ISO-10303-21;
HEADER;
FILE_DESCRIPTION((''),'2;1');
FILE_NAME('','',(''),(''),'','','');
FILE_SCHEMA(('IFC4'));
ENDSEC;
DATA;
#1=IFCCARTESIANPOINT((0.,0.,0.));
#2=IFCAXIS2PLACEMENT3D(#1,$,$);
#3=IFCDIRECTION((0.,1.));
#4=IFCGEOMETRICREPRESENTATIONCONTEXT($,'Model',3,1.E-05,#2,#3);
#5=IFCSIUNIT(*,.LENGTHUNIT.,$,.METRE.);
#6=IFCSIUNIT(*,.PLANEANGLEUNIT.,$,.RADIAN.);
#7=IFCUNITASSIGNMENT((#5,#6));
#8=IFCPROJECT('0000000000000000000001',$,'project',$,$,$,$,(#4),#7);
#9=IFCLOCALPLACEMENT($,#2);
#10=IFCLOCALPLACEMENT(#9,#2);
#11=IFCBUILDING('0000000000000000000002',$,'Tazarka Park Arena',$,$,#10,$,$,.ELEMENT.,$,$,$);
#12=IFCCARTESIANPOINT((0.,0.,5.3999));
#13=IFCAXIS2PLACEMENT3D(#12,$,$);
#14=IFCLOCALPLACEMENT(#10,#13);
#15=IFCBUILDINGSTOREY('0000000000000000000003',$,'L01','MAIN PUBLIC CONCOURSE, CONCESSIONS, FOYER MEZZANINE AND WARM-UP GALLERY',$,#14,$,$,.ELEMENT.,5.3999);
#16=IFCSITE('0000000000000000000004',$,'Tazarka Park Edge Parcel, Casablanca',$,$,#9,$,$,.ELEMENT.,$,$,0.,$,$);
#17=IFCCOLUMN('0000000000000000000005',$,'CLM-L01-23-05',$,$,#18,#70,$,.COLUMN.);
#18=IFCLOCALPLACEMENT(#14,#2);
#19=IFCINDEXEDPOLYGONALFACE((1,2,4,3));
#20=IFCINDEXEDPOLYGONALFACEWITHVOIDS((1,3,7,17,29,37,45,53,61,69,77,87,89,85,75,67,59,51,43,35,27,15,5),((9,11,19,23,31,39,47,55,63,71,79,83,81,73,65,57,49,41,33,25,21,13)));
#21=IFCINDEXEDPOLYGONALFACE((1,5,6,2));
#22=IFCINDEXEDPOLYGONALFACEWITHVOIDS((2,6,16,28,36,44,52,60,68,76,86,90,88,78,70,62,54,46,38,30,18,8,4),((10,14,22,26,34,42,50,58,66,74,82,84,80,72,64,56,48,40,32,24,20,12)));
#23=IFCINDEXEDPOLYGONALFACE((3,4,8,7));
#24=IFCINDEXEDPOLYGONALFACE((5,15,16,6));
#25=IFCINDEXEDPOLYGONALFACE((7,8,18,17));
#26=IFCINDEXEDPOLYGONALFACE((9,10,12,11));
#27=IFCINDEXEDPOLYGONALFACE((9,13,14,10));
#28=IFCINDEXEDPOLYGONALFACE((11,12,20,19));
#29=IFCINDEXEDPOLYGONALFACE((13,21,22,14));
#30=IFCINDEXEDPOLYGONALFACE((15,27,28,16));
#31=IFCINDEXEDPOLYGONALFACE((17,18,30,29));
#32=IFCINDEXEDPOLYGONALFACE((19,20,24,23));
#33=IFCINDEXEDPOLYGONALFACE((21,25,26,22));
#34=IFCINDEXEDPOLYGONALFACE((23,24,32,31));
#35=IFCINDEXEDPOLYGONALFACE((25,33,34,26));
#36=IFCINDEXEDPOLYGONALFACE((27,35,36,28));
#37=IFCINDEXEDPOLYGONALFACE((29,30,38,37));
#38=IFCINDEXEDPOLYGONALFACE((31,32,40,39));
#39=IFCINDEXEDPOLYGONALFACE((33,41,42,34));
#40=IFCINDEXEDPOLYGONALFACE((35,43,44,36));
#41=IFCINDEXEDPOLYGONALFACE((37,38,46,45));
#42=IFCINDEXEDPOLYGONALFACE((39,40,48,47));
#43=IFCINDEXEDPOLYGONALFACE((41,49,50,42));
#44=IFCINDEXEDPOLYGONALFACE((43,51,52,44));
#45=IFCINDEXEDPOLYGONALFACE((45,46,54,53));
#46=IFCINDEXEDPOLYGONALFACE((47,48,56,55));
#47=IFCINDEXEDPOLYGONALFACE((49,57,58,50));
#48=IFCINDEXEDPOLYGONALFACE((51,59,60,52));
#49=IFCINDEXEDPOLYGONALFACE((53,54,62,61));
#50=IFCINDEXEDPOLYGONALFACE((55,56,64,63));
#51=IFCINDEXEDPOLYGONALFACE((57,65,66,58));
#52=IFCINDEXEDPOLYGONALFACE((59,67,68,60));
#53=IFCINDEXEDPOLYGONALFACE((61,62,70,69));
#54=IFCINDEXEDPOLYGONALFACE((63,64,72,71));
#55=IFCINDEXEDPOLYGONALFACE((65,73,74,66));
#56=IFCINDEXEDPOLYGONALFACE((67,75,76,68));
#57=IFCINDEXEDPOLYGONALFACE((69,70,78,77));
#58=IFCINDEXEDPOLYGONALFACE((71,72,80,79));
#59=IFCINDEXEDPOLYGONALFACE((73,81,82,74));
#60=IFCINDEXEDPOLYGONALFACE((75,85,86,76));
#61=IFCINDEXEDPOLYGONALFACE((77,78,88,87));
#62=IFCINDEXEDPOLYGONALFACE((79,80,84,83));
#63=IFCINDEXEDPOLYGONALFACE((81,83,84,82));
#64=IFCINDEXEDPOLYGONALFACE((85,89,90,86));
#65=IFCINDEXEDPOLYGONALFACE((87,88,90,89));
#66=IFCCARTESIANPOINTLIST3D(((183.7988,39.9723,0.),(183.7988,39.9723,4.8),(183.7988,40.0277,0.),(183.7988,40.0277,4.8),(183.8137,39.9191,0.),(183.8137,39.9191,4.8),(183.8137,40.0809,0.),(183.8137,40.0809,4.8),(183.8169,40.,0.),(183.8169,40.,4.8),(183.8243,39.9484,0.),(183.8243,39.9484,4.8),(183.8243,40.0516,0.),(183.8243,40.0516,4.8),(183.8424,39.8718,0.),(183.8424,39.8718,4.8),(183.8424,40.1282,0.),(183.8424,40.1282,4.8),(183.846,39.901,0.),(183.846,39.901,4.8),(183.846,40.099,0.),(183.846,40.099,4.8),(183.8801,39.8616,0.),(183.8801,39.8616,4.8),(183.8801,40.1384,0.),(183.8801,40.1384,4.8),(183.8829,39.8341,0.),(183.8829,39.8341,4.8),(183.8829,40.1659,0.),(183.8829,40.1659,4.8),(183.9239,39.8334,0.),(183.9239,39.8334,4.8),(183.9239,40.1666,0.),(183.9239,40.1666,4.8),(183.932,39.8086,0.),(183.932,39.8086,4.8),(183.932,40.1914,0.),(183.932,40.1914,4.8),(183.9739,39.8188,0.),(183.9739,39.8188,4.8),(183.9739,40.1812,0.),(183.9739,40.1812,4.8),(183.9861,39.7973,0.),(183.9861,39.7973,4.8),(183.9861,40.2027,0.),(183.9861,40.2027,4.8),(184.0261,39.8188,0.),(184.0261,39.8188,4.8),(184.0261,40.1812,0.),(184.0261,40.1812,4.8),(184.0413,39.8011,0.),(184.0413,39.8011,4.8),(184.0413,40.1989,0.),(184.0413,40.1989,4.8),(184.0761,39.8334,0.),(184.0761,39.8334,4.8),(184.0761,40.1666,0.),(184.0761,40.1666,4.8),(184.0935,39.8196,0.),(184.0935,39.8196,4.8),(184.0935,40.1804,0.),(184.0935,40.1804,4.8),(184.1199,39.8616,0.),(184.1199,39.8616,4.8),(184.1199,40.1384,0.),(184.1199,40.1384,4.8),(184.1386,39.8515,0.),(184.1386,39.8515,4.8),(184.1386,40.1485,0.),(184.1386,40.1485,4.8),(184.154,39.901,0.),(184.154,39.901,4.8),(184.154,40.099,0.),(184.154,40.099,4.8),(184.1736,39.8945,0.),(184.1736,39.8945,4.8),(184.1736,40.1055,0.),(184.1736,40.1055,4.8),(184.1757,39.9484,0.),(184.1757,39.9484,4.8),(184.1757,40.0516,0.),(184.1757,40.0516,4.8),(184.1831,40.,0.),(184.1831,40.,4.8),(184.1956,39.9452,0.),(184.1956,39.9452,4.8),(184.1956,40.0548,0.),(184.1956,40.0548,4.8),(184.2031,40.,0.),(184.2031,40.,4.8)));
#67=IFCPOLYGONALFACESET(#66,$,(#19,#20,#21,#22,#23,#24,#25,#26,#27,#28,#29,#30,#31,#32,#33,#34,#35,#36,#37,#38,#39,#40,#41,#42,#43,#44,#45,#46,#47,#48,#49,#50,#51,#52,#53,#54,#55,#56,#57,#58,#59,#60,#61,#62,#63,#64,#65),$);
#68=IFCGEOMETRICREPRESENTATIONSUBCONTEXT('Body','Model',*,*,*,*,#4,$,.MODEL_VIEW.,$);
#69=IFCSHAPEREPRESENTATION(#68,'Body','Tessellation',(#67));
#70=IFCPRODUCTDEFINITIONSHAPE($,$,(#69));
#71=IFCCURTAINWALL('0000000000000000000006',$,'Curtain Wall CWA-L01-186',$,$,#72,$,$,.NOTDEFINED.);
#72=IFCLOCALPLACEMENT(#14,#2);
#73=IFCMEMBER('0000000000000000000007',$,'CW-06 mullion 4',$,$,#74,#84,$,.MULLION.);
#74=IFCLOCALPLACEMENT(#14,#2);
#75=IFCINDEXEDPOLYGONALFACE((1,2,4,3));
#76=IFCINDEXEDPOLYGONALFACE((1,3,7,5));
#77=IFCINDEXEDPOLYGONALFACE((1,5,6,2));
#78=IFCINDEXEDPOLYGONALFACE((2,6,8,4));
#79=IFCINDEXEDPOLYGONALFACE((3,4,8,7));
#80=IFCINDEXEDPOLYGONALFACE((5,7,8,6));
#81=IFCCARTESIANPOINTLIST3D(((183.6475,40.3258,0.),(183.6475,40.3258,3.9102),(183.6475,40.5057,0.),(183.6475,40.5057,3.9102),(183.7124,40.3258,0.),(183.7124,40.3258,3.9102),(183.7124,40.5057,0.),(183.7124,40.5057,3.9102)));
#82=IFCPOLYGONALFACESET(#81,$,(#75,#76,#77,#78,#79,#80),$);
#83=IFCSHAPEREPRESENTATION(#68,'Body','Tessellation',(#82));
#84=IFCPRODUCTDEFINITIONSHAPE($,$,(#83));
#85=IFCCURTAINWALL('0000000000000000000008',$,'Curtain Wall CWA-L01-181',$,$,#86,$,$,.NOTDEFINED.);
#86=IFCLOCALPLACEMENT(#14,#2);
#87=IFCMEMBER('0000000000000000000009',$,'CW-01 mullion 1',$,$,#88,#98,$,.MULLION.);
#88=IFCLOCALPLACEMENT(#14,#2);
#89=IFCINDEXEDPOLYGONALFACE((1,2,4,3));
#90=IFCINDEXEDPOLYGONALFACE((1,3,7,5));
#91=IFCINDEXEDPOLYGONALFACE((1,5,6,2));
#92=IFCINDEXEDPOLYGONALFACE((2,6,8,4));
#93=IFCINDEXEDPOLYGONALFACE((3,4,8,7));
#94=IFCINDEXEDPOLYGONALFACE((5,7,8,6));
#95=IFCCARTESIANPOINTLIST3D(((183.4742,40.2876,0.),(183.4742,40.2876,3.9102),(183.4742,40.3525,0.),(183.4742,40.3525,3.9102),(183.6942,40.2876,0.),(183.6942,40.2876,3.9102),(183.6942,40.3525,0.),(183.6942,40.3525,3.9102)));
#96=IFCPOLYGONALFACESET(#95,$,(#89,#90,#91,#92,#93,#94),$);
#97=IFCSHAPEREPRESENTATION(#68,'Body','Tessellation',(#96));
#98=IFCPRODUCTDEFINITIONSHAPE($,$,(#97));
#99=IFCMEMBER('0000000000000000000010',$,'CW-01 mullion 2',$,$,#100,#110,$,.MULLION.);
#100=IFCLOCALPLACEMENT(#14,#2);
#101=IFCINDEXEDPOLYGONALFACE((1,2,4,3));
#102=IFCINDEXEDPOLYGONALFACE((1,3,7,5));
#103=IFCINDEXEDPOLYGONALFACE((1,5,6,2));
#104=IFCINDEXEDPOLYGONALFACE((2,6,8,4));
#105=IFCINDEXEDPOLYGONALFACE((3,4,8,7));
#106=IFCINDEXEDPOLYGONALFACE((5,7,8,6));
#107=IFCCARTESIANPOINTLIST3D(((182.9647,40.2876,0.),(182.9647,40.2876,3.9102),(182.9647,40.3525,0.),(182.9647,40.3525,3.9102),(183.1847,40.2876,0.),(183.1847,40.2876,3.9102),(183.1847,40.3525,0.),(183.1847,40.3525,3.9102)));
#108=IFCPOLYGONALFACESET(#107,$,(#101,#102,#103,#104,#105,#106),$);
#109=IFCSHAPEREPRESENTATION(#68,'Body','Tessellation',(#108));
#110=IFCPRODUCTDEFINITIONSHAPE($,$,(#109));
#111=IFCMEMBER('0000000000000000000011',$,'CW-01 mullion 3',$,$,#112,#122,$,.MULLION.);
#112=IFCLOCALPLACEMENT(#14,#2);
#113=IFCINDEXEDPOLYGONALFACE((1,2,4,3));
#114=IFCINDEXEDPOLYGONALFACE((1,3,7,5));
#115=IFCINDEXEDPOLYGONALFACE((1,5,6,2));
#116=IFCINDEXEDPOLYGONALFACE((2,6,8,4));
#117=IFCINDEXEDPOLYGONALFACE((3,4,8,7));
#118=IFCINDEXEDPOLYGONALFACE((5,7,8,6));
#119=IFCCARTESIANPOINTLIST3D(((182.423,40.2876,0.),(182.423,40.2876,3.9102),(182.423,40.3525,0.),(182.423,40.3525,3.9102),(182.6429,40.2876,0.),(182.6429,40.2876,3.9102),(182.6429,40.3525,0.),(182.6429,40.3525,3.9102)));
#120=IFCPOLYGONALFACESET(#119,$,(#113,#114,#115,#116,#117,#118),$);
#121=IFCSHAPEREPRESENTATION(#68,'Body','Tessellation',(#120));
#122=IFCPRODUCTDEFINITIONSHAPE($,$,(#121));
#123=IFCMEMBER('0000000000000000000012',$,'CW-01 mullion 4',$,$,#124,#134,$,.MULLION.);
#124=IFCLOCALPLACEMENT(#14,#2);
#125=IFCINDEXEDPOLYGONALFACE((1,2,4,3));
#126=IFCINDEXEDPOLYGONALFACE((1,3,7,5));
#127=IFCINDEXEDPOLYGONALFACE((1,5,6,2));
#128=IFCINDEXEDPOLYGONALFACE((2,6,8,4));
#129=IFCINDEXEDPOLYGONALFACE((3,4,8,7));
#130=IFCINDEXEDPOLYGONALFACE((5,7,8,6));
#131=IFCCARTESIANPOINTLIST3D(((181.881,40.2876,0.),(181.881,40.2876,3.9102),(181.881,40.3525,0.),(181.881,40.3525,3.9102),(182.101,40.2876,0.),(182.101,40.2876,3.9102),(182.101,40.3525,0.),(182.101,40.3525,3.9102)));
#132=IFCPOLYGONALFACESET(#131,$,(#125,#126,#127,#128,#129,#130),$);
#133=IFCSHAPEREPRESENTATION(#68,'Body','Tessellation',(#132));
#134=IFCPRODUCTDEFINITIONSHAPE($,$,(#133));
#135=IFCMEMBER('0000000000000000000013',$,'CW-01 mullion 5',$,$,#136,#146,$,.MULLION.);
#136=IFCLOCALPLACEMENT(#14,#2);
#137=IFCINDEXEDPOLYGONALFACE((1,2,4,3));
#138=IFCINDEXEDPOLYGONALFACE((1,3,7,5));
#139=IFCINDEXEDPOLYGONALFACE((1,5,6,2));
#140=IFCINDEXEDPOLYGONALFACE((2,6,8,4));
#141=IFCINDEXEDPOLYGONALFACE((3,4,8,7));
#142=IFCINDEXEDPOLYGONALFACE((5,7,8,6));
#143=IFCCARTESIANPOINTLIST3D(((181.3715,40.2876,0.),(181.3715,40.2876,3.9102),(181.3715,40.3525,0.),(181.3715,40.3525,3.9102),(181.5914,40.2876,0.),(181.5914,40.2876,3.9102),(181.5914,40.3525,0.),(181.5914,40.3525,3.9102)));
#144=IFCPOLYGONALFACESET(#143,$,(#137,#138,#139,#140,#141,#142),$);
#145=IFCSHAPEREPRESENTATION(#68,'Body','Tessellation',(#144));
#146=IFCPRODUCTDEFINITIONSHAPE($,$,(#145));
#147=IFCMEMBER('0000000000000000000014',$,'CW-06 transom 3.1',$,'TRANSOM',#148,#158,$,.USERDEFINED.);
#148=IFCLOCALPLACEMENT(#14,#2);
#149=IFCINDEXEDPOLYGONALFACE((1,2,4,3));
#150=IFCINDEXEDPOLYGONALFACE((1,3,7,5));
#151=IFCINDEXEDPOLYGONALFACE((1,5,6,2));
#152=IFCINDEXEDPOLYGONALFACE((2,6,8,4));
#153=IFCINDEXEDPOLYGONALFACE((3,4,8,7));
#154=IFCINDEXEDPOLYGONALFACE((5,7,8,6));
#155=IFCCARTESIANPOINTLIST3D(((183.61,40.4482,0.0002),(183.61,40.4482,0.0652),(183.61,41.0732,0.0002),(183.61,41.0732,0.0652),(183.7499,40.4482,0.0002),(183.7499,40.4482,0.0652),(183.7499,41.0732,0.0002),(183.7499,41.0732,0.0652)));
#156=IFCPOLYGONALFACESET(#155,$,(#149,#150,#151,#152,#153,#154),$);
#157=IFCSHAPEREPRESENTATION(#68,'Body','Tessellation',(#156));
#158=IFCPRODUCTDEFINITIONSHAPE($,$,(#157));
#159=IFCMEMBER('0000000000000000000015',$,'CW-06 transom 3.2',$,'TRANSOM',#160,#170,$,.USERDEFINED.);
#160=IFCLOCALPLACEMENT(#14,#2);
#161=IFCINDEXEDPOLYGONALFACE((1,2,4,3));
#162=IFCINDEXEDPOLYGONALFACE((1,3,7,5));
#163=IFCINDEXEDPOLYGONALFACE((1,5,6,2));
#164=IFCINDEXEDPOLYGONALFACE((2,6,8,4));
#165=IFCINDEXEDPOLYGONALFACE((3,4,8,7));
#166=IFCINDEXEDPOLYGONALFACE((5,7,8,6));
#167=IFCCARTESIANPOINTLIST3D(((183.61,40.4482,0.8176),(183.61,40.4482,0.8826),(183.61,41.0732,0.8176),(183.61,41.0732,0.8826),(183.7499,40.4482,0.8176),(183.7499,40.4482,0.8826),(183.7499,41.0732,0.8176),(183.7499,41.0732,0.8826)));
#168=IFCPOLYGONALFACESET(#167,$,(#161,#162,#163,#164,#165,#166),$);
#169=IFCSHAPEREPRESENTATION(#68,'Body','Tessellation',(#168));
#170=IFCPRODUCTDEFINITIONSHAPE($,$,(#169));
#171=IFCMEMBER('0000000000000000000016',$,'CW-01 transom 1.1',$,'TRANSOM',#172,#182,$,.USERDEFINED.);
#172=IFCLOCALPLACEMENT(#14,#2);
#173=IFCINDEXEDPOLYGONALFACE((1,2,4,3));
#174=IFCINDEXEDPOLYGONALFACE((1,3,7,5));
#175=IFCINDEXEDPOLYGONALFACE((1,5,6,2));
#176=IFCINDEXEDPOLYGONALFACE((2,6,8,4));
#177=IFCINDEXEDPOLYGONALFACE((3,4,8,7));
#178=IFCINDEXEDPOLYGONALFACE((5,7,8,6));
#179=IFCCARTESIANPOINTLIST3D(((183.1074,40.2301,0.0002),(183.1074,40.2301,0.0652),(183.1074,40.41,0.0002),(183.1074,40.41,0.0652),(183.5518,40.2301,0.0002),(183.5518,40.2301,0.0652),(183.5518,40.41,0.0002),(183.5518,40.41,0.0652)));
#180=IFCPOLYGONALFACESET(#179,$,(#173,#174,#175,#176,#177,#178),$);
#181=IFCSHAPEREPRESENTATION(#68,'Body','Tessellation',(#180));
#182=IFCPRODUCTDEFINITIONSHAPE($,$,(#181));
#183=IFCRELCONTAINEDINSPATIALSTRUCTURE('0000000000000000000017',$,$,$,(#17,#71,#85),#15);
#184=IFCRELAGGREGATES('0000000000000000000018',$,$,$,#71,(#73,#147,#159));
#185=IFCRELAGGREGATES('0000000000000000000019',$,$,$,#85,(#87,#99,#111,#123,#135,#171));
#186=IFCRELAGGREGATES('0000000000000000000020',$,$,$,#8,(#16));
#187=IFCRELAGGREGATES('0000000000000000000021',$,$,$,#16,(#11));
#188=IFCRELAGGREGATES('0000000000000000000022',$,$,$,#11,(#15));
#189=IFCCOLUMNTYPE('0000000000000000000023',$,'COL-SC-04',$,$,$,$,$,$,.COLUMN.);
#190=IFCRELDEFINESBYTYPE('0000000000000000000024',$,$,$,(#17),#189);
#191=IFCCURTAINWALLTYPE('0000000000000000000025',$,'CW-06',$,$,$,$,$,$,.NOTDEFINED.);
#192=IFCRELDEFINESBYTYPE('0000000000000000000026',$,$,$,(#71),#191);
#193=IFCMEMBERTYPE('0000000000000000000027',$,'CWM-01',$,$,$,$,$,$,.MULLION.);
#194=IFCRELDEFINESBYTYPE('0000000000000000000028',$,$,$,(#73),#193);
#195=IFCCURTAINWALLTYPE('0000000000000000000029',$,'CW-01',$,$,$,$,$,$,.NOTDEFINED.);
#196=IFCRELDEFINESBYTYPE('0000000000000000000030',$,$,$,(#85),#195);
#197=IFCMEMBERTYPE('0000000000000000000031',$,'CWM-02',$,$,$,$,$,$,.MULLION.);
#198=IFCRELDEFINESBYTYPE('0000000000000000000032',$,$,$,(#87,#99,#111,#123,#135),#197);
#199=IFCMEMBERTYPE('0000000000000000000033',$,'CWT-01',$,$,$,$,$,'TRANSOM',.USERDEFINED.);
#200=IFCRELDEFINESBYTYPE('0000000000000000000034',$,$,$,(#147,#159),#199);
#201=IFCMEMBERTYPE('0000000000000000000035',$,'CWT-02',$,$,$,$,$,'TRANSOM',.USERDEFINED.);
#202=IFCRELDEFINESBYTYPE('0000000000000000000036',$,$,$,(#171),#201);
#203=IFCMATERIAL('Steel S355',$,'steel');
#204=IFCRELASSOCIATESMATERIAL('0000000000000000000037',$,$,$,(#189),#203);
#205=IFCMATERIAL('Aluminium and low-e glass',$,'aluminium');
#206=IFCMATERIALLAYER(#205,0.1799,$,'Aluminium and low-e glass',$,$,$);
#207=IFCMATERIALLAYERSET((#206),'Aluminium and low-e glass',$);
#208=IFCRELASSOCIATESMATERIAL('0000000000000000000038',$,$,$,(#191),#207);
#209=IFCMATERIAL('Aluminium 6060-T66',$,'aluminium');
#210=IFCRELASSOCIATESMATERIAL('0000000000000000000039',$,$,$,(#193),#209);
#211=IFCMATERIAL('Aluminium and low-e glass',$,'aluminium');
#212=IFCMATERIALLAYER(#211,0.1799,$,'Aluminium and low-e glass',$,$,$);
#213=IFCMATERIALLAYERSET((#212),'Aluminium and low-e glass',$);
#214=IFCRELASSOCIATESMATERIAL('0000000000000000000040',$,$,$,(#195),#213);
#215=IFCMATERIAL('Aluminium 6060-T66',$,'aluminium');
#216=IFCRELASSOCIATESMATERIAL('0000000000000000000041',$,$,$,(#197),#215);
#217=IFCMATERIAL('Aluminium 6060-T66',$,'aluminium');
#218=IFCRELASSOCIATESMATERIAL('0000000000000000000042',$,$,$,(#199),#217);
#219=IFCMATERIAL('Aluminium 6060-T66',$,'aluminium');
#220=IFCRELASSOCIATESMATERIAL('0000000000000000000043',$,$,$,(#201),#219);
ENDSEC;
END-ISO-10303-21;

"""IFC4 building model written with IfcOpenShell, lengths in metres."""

from ifc_helpers import new_model, si_unit, direction, frame, origin, origin_2d, place, context, subcontext, project, spatial, rectangle, hollow_circle, extrude, material, layer, layer_set, material_profile, profile_set, type_object, element, aggregate, save


model = new_model("IFC4")

# Units and contexts
model_context = context("Model", 3, precision=1e-05, world=origin(), true_north=direction((0.0, 1.0)))
body_context = subcontext(model_context, "Body", "Model", "MODEL_VIEW")
ifc_project = project(units=[si_unit("LENGTHUNIT", "METRE"), si_unit("PLANEANGLEUNIT", "RADIAN")], contexts=[model_context])

# Site, building, storey
site_placement = place(None, origin())
site = spatial("IfcSite", under=ifc_project, at=site_placement, Name="Tazarka Park Edge Parcel, Casablanca", CompositionType="ELEMENT", RefElevation=0.0)
building_placement = place(site_placement, origin())
building = spatial("IfcBuilding", under=site, at=building_placement, Name="Tazarka Park Arena", CompositionType="ELEMENT")
storey_placement = place(building_placement, frame((0.0, 0.0, 5.3999)))
storey = spatial("IfcBuildingStorey", under=building, at=storey_placement, Name="L01", Description="MAIN PUBLIC CONCOURSE, CONCESSIONS, FOYER MEZZANINE AND WARM-UP GALLERY", CompositionType="ELEMENT", Elevation=5.3999)

# Column
ifc_material_1 = material(Name="Steel S355", Category="steel")
ifc_material_profile_1 = material_profile(ifc_material_1, hollow_circle(Radius=0.2031, WallThickness=0.02, at=origin_2d()), Name="Steel S355")
ifc_profile_set_1 = profile_set([ifc_material_profile_1], Name="Steel S355")
column_type = type_object("IfcColumnType", Name="COL-SC-04", PredefinedType="COLUMN", material=ifc_profile_set_1)
column_placement = place(storey_placement, frame((184.0, 40.0, 0.0), z_axis=(0.0, 0.0, 1.0), x_axis=(1.0, 0.0, 0.0)))
element("IfcColumn", 1, at=column_placement, inside=storey, type_object=column_type, Name="CLM-L01-23-05", PredefinedType="COLUMN", context=body_context, shape_type="SweptSolid", body=[
    extrude(hollow_circle(Radius=0.2031, WallThickness=0.02, at=origin_2d()), origin(), (0.0, 0.0, 1.0), 4.8),
])

# Curtain wall, member
ifc_material_2 = material(Name="Aluminium and low-e glass", Category="aluminium")
ifc_layer_1 = layer(ifc_material_2, 0.1799, Name="Aluminium and low-e glass")
ifc_layer_set_1 = layer_set([ifc_layer_1], Name="Aluminium and low-e glass")
curtain_wall_type_1 = type_object("IfcCurtainWallType", Name="CW-06", PredefinedType="NOTDEFINED", material=ifc_layer_set_1)
curtain_wall_1_placement = place(storey_placement, origin())
curtain_wall_1 = element("IfcCurtainWall", 2, at=curtain_wall_1_placement, inside=storey, type_object=curtain_wall_type_1, Name="Curtain Wall CWA-L01-186", PredefinedType="NOTDEFINED")
ifc_material_3 = material(Name="Aluminium 6060-T66", Category="aluminium")
ifc_material_profile_2 = material_profile(ifc_material_3, rectangle(XDim=0.0649, YDim=0.1799, at=origin_2d()), Name="Aluminium 6060-T66")
ifc_profile_set_2 = profile_set([ifc_material_profile_2], Name="Aluminium 6060-T66")
member_type_1 = type_object("IfcMemberType", Name="CWM-01", PredefinedType="MULLION", material=ifc_profile_set_2)
member_1_placement = place(storey_placement, frame((183.6799, 40.4158, 0.0), z_axis=(0.0, 0.0, 1.0), x_axis=(1.0, 0.0, 0.0)))
member_1 = element("IfcMember", 3, at=member_1_placement, type_object=member_type_1, Name="CW-06 mullion 4", PredefinedType="MULLION", context=body_context, shape_type="SweptSolid", body=[
    extrude(rectangle(XDim=0.0649, YDim=0.1799, at=origin_2d()), origin(), (0.0, 0.0, 1.0), 3.9102),
])

# Curtain wall, members
ifc_material_4 = material(Name="Aluminium and low-e glass", Category="aluminium")
ifc_layer_2 = layer(ifc_material_4, 0.1799, Name="Aluminium and low-e glass")
ifc_layer_set_2 = layer_set([ifc_layer_2], Name="Aluminium and low-e glass")
curtain_wall_type_2 = type_object("IfcCurtainWallType", Name="CW-01", PredefinedType="NOTDEFINED", material=ifc_layer_set_2)
curtain_wall_2_placement = place(storey_placement, origin())
curtain_wall_2 = element("IfcCurtainWall", 4, at=curtain_wall_2_placement, inside=storey, type_object=curtain_wall_type_2, Name="Curtain Wall CWA-L01-181", PredefinedType="NOTDEFINED")
ifc_material_5 = material(Name="Aluminium 6060-T66", Category="aluminium")
ifc_material_profile_3 = material_profile(ifc_material_5, rectangle(XDim=0.0649, YDim=0.22, at=origin_2d()), Name="Aluminium 6060-T66")
ifc_profile_set_3 = profile_set([ifc_material_profile_3], Name="Aluminium 6060-T66")
member_type_2 = type_object("IfcMemberType", Name="CWM-02", PredefinedType="MULLION", material=ifc_profile_set_3)
member_2_placement = place(storey_placement, frame((183.5842, 40.3201, 0.0), z_axis=(0.0, 0.0, 1.0), x_axis=(0.0, -1.0, 0.0)))
member_2 = element("IfcMember", 5, at=member_2_placement, type_object=member_type_2, Name="CW-01 mullion 1", PredefinedType="MULLION", context=body_context, shape_type="SweptSolid", body=[
    extrude(rectangle(XDim=0.0649, YDim=0.22, at=origin_2d()), origin(), (0.0, 0.0, 1.0), 3.9102),
])
member_3_placement = place(storey_placement, frame((183.0747, 40.3201, 0.0), z_axis=(0.0, 0.0, 1.0), x_axis=(0.0, -1.0, 0.0)))
member_3 = element("IfcMember", 6, at=member_3_placement, type_object=member_type_2, Name="CW-01 mullion 2", PredefinedType="MULLION", context=body_context, shape_type="SweptSolid", body=[
    extrude(rectangle(XDim=0.0649, YDim=0.22, at=origin_2d()), origin(), (0.0, 0.0, 1.0), 3.9102),
])
member_4_placement = place(storey_placement, frame((182.533, 40.3201, 0.0), z_axis=(0.0, 0.0, 1.0), x_axis=(0.0, -1.0, 0.0)))
member_4 = element("IfcMember", 7, at=member_4_placement, type_object=member_type_2, Name="CW-01 mullion 3", PredefinedType="MULLION", context=body_context, shape_type="SweptSolid", body=[
    extrude(rectangle(XDim=0.0649, YDim=0.22, at=origin_2d()), origin(), (0.0, 0.0, 1.0), 3.9102),
])
member_5_placement = place(storey_placement, frame((181.991, 40.3201, 0.0), z_axis=(0.0, 0.0, 1.0), x_axis=(0.0, -1.0, 0.0)))
member_5 = element("IfcMember", 8, at=member_5_placement, type_object=member_type_2, Name="CW-01 mullion 4", PredefinedType="MULLION", context=body_context, shape_type="SweptSolid", body=[
    extrude(rectangle(XDim=0.0649, YDim=0.22, at=origin_2d()), origin(), (0.0, 0.0, 1.0), 3.9102),
])
member_6_placement = place(storey_placement, frame((181.4814, 40.3201, 0.0), z_axis=(0.0, 0.0, 1.0), x_axis=(0.0, -1.0, 0.0)))
member_6 = element("IfcMember", 9, at=member_6_placement, type_object=member_type_2, Name="CW-01 mullion 5", PredefinedType="MULLION", context=body_context, shape_type="SweptSolid", body=[
    extrude(rectangle(XDim=0.0649, YDim=0.22, at=origin_2d()), origin(), (0.0, 0.0, 1.0), 3.9102),
])

# Members
ifc_material_6 = material(Name="Aluminium 6060-T66", Category="aluminium")
ifc_material_profile_4 = material_profile(ifc_material_6, rectangle(XDim=0.1399, YDim=0.0649, at=origin_2d()), Name="Aluminium 6060-T66")
ifc_profile_set_4 = profile_set([ifc_material_profile_4], Name="Aluminium 6060-T66")
member_type_3 = type_object("IfcMemberType", Name="CWT-01", ElementType="TRANSOM", PredefinedType="USERDEFINED", material=ifc_profile_set_4)
member_7_placement = place(storey_placement, frame((183.6799, 41.0732, 0.0327), z_axis=(0.0, -1.0, 0.0), x_axis=(1.0, 0.0, 0.0)))
member_7 = element("IfcMember", 10, at=member_7_placement, type_object=member_type_3, Name="CW-06 transom 3.1", ObjectType="TRANSOM", PredefinedType="USERDEFINED", context=body_context, shape_type="SweptSolid", body=[
    extrude(rectangle(XDim=0.1399, YDim=0.0649, at=origin_2d()), origin(), (0.0, 0.0, 1.0), 0.625),
])
member_8_placement = place(storey_placement, frame((183.6799, 41.0732, 0.8501), z_axis=(0.0, -1.0, 0.0), x_axis=(1.0, 0.0, 0.0)))
member_8 = element("IfcMember", 11, at=member_8_placement, type_object=member_type_3, Name="CW-06 transom 3.2", ObjectType="TRANSOM", PredefinedType="USERDEFINED", context=body_context, shape_type="SweptSolid", body=[
    extrude(rectangle(XDim=0.1399, YDim=0.0649, at=origin_2d()), origin(), (0.0, 0.0, 1.0), 0.625),
])
ifc_material_7 = material(Name="Aluminium 6060-T66", Category="aluminium")
ifc_material_profile_5 = material_profile(ifc_material_7, rectangle(XDim=0.1799, YDim=0.0649, at=origin_2d()), Name="Aluminium 6060-T66")
ifc_profile_set_5 = profile_set([ifc_material_profile_5], Name="Aluminium 6060-T66")
member_type_4 = type_object("IfcMemberType", Name="CWT-02", ElementType="TRANSOM", PredefinedType="USERDEFINED", material=ifc_profile_set_5)
member_9_placement = place(storey_placement, frame((183.5518, 40.3201, 0.0327), z_axis=(-1.0, 0.0, 0.0), x_axis=(0.0, -1.0, 0.0)))
member_9 = element("IfcMember", 12, at=member_9_placement, type_object=member_type_4, Name="CW-01 transom 1.1", ObjectType="TRANSOM", PredefinedType="USERDEFINED", context=body_context, shape_type="SweptSolid", body=[
    extrude(rectangle(XDim=0.1799, YDim=0.0649, at=origin_2d()), origin(), (0.0, 0.0, 1.0), 0.4443),
])

aggregate(curtain_wall_1, [member_1, member_7, member_8])
aggregate(curtain_wall_2, [member_2, member_3, member_4, member_5, member_6, member_9])

save(model, "model.ifc")
